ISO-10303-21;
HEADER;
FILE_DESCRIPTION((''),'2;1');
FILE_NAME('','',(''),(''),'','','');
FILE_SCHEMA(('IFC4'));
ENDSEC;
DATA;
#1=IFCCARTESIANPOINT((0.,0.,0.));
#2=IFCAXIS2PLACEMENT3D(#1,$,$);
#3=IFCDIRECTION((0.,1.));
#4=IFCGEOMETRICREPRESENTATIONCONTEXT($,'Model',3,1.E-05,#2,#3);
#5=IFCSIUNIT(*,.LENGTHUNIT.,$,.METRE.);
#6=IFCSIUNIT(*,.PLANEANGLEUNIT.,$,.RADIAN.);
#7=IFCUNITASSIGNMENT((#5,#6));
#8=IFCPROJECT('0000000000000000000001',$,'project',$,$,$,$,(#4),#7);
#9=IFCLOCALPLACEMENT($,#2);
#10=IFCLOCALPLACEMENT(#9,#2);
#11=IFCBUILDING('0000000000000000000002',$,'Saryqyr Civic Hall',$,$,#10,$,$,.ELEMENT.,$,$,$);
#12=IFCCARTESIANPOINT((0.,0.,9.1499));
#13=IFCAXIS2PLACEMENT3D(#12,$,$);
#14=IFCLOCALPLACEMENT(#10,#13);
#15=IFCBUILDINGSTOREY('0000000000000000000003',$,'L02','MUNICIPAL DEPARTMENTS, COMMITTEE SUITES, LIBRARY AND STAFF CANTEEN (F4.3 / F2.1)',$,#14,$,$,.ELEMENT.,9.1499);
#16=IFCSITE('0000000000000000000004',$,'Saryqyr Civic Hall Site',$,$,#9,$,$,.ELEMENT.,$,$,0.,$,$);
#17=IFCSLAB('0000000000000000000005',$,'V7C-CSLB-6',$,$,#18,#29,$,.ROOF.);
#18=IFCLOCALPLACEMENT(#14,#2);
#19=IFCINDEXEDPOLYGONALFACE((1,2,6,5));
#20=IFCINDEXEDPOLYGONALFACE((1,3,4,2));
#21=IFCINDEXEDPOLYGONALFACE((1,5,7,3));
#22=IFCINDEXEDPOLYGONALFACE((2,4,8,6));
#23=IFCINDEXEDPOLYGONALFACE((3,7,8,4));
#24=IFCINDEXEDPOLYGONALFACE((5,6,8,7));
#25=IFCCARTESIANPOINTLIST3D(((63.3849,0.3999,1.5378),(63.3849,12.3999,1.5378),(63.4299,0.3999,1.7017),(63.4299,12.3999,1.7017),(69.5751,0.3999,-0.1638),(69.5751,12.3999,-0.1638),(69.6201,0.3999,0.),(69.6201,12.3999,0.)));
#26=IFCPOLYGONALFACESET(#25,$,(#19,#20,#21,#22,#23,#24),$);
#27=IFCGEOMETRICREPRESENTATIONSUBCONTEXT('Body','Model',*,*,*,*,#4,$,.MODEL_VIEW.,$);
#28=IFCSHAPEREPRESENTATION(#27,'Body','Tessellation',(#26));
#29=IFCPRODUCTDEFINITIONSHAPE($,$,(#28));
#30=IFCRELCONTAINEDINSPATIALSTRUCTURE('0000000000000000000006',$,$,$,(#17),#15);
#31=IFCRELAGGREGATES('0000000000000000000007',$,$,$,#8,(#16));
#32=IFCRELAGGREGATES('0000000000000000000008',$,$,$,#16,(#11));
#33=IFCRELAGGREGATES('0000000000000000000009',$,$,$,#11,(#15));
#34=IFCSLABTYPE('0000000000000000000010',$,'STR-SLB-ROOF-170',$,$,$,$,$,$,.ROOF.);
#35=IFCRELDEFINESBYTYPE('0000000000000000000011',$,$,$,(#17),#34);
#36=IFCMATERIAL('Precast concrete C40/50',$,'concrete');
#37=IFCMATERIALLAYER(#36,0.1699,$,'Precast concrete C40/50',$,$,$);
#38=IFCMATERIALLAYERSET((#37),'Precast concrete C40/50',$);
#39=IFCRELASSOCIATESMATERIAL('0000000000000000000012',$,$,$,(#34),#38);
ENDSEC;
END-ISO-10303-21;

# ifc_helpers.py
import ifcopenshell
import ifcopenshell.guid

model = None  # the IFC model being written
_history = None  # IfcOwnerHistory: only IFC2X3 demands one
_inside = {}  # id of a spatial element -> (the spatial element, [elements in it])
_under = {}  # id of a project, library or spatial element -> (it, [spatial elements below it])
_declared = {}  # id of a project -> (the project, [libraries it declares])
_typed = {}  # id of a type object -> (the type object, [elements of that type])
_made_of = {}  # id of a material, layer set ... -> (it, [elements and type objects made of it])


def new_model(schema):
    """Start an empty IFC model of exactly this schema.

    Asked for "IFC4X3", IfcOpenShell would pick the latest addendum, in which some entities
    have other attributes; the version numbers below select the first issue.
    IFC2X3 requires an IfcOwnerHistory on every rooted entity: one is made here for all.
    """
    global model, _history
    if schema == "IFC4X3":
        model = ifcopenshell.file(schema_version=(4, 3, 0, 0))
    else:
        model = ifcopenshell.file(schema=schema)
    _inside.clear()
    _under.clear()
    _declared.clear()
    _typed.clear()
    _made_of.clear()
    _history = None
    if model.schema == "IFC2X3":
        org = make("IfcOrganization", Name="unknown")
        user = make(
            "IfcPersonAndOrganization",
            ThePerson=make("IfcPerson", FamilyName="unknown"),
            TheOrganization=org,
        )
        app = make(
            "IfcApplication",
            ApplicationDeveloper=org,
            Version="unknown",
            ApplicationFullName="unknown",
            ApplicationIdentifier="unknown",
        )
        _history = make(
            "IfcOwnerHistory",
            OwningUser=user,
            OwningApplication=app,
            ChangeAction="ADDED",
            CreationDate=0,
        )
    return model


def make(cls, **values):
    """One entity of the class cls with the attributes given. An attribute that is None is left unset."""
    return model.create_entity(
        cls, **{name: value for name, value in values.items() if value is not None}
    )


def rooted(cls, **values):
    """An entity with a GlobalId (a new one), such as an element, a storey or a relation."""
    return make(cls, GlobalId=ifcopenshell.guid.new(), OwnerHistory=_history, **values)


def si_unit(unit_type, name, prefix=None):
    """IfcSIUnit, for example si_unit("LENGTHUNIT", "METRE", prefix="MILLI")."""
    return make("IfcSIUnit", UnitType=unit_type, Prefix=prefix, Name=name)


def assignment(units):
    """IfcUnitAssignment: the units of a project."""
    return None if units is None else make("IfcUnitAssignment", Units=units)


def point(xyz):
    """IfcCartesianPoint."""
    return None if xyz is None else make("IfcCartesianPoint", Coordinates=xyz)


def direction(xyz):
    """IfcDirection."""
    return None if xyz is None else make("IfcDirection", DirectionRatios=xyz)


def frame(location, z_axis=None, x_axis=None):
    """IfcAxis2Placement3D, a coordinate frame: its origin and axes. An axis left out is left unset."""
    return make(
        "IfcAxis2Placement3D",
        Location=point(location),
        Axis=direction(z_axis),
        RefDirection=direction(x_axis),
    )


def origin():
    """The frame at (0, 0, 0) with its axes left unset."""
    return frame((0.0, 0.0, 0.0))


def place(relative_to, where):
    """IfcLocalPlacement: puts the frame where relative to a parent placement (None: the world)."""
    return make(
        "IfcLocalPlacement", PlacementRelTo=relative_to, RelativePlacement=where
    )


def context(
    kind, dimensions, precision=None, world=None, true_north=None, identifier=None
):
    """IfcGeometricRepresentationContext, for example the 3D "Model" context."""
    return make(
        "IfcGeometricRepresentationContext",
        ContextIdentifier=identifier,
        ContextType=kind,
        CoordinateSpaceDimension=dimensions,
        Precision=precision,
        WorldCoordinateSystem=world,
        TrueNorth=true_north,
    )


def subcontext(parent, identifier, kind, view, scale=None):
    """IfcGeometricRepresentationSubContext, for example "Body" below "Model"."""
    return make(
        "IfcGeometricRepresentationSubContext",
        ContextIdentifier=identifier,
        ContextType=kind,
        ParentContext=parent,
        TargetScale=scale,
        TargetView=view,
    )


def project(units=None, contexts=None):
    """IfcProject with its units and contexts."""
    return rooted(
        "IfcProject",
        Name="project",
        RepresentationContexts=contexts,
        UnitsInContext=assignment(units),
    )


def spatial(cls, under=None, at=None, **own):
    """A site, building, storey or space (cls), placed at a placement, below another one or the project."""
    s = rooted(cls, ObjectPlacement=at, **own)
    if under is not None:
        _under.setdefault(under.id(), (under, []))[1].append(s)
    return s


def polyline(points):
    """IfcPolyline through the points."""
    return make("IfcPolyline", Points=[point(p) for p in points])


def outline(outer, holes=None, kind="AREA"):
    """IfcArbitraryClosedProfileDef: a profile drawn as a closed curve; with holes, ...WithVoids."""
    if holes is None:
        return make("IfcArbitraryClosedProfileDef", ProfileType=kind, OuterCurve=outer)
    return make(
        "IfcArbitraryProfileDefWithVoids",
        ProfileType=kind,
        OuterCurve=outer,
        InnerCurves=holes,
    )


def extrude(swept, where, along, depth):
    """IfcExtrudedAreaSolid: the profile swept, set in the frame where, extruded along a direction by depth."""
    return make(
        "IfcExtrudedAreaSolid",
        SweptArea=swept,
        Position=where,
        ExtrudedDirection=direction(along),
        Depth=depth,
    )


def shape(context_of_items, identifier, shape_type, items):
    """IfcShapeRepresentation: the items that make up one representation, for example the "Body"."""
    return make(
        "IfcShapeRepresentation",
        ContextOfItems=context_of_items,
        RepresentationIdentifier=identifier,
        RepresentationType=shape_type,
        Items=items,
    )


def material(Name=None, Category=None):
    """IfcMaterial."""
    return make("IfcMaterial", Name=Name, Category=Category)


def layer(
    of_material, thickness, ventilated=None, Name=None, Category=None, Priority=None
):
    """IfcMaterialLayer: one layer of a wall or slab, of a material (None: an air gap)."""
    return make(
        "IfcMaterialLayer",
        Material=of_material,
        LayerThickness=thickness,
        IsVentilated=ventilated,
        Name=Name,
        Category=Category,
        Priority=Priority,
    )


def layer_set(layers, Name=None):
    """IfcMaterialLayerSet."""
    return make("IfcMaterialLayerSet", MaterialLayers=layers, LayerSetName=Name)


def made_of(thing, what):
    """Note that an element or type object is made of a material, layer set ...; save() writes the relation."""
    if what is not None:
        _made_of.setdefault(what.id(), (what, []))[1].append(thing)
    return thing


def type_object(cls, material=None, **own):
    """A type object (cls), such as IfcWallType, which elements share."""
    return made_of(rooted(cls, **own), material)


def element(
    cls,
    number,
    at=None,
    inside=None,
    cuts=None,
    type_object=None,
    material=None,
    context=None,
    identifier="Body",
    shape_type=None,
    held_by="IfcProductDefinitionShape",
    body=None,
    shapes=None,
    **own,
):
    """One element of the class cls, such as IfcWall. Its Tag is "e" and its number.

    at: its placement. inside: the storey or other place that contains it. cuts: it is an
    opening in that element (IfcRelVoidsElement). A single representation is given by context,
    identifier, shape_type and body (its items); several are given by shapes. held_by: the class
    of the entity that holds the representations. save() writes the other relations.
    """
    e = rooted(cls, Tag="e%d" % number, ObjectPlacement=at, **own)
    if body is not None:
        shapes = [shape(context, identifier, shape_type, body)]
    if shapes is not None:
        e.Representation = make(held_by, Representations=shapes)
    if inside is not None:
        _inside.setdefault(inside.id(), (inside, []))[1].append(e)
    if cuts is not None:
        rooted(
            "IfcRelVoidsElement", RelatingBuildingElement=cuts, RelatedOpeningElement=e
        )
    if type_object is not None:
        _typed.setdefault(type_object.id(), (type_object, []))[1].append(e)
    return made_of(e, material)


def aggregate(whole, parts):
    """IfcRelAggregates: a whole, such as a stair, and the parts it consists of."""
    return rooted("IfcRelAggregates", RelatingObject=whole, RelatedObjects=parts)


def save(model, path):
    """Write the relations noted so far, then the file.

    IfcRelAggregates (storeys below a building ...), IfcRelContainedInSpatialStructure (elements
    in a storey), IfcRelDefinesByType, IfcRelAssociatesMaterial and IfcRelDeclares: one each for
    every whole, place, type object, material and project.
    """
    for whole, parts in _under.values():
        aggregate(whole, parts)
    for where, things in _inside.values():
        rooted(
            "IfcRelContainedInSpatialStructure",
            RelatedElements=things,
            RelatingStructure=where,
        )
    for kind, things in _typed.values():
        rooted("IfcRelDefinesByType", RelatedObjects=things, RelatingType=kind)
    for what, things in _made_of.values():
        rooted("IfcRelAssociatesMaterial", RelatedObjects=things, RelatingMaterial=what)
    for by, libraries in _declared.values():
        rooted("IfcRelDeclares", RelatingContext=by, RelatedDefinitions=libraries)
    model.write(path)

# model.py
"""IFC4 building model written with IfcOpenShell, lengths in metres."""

from ifc_helpers import new_model, si_unit, direction, frame, origin, place, context, subcontext, project, spatial, polyline, outline, extrude, material, layer, layer_set, type_object, element, save


model = new_model("IFC4")

# Units and contexts
model_context = context("Model", 3, precision=1e-05, world=origin(), true_north=direction((0.0, 1.0)))
body_context = subcontext(model_context, "Body", "Model", "MODEL_VIEW")
ifc_project = project(units=[si_unit("LENGTHUNIT", "METRE"), si_unit("PLANEANGLEUNIT", "RADIAN")], contexts=[model_context])

# Site, building, storey
site_placement = place(None, origin())
site = spatial("IfcSite", under=ifc_project, at=site_placement, Name="Saryqyr Civic Hall Site", CompositionType="ELEMENT", RefElevation=0.0)
building_placement = place(site_placement, origin())
building = spatial("IfcBuilding", under=site, at=building_placement, Name="Saryqyr Civic Hall", CompositionType="ELEMENT")
storey_placement = place(building_placement, frame((0.0, 0.0, 9.1499)))
storey = spatial("IfcBuildingStorey", under=building, at=storey_placement, Name="L02", Description="MUNICIPAL DEPARTMENTS, COMMITTEE SUITES, LIBRARY AND STAFF CANTEEN (F4.3 / F2.1)", CompositionType="ELEMENT", Elevation=9.1499)

# Slab
ifc_material_1 = material(Name="Precast concrete C40/50", Category="concrete")
ifc_layer_1 = layer(ifc_material_1, 0.1699, Name="Precast concrete C40/50")
ifc_layer_set_1 = layer_set([ifc_layer_1], Name="Precast concrete C40/50")
slab_type = type_object("IfcSlabType", Name="STR-SLB-ROOF-170", PredefinedType="ROOF", material=ifc_layer_set_1)
slab_1_placement = place(storey_placement, frame((63.4299, 0.3999, 1.7017), z_axis=(0.265064, 0.0, 0.964231), x_axis=(0.964231, 0.0, -0.265064)))
element("IfcSlab", 1, at=slab_1_placement, inside=storey, type_object=slab_type, Name="V7C-CSLB-6", PredefinedType="ROOF", context=body_context, shape_type="SweptSolid", body=[
    extrude(outline(polyline([(0.0, 0.0), (6.4198, 0.0), (6.4198, 12.0), (0.0, 12.0), (0.0, 0.0)])), origin(), (0.0, 0.0, -1.0), 0.1699),
])

save(model, "model.ifc")
